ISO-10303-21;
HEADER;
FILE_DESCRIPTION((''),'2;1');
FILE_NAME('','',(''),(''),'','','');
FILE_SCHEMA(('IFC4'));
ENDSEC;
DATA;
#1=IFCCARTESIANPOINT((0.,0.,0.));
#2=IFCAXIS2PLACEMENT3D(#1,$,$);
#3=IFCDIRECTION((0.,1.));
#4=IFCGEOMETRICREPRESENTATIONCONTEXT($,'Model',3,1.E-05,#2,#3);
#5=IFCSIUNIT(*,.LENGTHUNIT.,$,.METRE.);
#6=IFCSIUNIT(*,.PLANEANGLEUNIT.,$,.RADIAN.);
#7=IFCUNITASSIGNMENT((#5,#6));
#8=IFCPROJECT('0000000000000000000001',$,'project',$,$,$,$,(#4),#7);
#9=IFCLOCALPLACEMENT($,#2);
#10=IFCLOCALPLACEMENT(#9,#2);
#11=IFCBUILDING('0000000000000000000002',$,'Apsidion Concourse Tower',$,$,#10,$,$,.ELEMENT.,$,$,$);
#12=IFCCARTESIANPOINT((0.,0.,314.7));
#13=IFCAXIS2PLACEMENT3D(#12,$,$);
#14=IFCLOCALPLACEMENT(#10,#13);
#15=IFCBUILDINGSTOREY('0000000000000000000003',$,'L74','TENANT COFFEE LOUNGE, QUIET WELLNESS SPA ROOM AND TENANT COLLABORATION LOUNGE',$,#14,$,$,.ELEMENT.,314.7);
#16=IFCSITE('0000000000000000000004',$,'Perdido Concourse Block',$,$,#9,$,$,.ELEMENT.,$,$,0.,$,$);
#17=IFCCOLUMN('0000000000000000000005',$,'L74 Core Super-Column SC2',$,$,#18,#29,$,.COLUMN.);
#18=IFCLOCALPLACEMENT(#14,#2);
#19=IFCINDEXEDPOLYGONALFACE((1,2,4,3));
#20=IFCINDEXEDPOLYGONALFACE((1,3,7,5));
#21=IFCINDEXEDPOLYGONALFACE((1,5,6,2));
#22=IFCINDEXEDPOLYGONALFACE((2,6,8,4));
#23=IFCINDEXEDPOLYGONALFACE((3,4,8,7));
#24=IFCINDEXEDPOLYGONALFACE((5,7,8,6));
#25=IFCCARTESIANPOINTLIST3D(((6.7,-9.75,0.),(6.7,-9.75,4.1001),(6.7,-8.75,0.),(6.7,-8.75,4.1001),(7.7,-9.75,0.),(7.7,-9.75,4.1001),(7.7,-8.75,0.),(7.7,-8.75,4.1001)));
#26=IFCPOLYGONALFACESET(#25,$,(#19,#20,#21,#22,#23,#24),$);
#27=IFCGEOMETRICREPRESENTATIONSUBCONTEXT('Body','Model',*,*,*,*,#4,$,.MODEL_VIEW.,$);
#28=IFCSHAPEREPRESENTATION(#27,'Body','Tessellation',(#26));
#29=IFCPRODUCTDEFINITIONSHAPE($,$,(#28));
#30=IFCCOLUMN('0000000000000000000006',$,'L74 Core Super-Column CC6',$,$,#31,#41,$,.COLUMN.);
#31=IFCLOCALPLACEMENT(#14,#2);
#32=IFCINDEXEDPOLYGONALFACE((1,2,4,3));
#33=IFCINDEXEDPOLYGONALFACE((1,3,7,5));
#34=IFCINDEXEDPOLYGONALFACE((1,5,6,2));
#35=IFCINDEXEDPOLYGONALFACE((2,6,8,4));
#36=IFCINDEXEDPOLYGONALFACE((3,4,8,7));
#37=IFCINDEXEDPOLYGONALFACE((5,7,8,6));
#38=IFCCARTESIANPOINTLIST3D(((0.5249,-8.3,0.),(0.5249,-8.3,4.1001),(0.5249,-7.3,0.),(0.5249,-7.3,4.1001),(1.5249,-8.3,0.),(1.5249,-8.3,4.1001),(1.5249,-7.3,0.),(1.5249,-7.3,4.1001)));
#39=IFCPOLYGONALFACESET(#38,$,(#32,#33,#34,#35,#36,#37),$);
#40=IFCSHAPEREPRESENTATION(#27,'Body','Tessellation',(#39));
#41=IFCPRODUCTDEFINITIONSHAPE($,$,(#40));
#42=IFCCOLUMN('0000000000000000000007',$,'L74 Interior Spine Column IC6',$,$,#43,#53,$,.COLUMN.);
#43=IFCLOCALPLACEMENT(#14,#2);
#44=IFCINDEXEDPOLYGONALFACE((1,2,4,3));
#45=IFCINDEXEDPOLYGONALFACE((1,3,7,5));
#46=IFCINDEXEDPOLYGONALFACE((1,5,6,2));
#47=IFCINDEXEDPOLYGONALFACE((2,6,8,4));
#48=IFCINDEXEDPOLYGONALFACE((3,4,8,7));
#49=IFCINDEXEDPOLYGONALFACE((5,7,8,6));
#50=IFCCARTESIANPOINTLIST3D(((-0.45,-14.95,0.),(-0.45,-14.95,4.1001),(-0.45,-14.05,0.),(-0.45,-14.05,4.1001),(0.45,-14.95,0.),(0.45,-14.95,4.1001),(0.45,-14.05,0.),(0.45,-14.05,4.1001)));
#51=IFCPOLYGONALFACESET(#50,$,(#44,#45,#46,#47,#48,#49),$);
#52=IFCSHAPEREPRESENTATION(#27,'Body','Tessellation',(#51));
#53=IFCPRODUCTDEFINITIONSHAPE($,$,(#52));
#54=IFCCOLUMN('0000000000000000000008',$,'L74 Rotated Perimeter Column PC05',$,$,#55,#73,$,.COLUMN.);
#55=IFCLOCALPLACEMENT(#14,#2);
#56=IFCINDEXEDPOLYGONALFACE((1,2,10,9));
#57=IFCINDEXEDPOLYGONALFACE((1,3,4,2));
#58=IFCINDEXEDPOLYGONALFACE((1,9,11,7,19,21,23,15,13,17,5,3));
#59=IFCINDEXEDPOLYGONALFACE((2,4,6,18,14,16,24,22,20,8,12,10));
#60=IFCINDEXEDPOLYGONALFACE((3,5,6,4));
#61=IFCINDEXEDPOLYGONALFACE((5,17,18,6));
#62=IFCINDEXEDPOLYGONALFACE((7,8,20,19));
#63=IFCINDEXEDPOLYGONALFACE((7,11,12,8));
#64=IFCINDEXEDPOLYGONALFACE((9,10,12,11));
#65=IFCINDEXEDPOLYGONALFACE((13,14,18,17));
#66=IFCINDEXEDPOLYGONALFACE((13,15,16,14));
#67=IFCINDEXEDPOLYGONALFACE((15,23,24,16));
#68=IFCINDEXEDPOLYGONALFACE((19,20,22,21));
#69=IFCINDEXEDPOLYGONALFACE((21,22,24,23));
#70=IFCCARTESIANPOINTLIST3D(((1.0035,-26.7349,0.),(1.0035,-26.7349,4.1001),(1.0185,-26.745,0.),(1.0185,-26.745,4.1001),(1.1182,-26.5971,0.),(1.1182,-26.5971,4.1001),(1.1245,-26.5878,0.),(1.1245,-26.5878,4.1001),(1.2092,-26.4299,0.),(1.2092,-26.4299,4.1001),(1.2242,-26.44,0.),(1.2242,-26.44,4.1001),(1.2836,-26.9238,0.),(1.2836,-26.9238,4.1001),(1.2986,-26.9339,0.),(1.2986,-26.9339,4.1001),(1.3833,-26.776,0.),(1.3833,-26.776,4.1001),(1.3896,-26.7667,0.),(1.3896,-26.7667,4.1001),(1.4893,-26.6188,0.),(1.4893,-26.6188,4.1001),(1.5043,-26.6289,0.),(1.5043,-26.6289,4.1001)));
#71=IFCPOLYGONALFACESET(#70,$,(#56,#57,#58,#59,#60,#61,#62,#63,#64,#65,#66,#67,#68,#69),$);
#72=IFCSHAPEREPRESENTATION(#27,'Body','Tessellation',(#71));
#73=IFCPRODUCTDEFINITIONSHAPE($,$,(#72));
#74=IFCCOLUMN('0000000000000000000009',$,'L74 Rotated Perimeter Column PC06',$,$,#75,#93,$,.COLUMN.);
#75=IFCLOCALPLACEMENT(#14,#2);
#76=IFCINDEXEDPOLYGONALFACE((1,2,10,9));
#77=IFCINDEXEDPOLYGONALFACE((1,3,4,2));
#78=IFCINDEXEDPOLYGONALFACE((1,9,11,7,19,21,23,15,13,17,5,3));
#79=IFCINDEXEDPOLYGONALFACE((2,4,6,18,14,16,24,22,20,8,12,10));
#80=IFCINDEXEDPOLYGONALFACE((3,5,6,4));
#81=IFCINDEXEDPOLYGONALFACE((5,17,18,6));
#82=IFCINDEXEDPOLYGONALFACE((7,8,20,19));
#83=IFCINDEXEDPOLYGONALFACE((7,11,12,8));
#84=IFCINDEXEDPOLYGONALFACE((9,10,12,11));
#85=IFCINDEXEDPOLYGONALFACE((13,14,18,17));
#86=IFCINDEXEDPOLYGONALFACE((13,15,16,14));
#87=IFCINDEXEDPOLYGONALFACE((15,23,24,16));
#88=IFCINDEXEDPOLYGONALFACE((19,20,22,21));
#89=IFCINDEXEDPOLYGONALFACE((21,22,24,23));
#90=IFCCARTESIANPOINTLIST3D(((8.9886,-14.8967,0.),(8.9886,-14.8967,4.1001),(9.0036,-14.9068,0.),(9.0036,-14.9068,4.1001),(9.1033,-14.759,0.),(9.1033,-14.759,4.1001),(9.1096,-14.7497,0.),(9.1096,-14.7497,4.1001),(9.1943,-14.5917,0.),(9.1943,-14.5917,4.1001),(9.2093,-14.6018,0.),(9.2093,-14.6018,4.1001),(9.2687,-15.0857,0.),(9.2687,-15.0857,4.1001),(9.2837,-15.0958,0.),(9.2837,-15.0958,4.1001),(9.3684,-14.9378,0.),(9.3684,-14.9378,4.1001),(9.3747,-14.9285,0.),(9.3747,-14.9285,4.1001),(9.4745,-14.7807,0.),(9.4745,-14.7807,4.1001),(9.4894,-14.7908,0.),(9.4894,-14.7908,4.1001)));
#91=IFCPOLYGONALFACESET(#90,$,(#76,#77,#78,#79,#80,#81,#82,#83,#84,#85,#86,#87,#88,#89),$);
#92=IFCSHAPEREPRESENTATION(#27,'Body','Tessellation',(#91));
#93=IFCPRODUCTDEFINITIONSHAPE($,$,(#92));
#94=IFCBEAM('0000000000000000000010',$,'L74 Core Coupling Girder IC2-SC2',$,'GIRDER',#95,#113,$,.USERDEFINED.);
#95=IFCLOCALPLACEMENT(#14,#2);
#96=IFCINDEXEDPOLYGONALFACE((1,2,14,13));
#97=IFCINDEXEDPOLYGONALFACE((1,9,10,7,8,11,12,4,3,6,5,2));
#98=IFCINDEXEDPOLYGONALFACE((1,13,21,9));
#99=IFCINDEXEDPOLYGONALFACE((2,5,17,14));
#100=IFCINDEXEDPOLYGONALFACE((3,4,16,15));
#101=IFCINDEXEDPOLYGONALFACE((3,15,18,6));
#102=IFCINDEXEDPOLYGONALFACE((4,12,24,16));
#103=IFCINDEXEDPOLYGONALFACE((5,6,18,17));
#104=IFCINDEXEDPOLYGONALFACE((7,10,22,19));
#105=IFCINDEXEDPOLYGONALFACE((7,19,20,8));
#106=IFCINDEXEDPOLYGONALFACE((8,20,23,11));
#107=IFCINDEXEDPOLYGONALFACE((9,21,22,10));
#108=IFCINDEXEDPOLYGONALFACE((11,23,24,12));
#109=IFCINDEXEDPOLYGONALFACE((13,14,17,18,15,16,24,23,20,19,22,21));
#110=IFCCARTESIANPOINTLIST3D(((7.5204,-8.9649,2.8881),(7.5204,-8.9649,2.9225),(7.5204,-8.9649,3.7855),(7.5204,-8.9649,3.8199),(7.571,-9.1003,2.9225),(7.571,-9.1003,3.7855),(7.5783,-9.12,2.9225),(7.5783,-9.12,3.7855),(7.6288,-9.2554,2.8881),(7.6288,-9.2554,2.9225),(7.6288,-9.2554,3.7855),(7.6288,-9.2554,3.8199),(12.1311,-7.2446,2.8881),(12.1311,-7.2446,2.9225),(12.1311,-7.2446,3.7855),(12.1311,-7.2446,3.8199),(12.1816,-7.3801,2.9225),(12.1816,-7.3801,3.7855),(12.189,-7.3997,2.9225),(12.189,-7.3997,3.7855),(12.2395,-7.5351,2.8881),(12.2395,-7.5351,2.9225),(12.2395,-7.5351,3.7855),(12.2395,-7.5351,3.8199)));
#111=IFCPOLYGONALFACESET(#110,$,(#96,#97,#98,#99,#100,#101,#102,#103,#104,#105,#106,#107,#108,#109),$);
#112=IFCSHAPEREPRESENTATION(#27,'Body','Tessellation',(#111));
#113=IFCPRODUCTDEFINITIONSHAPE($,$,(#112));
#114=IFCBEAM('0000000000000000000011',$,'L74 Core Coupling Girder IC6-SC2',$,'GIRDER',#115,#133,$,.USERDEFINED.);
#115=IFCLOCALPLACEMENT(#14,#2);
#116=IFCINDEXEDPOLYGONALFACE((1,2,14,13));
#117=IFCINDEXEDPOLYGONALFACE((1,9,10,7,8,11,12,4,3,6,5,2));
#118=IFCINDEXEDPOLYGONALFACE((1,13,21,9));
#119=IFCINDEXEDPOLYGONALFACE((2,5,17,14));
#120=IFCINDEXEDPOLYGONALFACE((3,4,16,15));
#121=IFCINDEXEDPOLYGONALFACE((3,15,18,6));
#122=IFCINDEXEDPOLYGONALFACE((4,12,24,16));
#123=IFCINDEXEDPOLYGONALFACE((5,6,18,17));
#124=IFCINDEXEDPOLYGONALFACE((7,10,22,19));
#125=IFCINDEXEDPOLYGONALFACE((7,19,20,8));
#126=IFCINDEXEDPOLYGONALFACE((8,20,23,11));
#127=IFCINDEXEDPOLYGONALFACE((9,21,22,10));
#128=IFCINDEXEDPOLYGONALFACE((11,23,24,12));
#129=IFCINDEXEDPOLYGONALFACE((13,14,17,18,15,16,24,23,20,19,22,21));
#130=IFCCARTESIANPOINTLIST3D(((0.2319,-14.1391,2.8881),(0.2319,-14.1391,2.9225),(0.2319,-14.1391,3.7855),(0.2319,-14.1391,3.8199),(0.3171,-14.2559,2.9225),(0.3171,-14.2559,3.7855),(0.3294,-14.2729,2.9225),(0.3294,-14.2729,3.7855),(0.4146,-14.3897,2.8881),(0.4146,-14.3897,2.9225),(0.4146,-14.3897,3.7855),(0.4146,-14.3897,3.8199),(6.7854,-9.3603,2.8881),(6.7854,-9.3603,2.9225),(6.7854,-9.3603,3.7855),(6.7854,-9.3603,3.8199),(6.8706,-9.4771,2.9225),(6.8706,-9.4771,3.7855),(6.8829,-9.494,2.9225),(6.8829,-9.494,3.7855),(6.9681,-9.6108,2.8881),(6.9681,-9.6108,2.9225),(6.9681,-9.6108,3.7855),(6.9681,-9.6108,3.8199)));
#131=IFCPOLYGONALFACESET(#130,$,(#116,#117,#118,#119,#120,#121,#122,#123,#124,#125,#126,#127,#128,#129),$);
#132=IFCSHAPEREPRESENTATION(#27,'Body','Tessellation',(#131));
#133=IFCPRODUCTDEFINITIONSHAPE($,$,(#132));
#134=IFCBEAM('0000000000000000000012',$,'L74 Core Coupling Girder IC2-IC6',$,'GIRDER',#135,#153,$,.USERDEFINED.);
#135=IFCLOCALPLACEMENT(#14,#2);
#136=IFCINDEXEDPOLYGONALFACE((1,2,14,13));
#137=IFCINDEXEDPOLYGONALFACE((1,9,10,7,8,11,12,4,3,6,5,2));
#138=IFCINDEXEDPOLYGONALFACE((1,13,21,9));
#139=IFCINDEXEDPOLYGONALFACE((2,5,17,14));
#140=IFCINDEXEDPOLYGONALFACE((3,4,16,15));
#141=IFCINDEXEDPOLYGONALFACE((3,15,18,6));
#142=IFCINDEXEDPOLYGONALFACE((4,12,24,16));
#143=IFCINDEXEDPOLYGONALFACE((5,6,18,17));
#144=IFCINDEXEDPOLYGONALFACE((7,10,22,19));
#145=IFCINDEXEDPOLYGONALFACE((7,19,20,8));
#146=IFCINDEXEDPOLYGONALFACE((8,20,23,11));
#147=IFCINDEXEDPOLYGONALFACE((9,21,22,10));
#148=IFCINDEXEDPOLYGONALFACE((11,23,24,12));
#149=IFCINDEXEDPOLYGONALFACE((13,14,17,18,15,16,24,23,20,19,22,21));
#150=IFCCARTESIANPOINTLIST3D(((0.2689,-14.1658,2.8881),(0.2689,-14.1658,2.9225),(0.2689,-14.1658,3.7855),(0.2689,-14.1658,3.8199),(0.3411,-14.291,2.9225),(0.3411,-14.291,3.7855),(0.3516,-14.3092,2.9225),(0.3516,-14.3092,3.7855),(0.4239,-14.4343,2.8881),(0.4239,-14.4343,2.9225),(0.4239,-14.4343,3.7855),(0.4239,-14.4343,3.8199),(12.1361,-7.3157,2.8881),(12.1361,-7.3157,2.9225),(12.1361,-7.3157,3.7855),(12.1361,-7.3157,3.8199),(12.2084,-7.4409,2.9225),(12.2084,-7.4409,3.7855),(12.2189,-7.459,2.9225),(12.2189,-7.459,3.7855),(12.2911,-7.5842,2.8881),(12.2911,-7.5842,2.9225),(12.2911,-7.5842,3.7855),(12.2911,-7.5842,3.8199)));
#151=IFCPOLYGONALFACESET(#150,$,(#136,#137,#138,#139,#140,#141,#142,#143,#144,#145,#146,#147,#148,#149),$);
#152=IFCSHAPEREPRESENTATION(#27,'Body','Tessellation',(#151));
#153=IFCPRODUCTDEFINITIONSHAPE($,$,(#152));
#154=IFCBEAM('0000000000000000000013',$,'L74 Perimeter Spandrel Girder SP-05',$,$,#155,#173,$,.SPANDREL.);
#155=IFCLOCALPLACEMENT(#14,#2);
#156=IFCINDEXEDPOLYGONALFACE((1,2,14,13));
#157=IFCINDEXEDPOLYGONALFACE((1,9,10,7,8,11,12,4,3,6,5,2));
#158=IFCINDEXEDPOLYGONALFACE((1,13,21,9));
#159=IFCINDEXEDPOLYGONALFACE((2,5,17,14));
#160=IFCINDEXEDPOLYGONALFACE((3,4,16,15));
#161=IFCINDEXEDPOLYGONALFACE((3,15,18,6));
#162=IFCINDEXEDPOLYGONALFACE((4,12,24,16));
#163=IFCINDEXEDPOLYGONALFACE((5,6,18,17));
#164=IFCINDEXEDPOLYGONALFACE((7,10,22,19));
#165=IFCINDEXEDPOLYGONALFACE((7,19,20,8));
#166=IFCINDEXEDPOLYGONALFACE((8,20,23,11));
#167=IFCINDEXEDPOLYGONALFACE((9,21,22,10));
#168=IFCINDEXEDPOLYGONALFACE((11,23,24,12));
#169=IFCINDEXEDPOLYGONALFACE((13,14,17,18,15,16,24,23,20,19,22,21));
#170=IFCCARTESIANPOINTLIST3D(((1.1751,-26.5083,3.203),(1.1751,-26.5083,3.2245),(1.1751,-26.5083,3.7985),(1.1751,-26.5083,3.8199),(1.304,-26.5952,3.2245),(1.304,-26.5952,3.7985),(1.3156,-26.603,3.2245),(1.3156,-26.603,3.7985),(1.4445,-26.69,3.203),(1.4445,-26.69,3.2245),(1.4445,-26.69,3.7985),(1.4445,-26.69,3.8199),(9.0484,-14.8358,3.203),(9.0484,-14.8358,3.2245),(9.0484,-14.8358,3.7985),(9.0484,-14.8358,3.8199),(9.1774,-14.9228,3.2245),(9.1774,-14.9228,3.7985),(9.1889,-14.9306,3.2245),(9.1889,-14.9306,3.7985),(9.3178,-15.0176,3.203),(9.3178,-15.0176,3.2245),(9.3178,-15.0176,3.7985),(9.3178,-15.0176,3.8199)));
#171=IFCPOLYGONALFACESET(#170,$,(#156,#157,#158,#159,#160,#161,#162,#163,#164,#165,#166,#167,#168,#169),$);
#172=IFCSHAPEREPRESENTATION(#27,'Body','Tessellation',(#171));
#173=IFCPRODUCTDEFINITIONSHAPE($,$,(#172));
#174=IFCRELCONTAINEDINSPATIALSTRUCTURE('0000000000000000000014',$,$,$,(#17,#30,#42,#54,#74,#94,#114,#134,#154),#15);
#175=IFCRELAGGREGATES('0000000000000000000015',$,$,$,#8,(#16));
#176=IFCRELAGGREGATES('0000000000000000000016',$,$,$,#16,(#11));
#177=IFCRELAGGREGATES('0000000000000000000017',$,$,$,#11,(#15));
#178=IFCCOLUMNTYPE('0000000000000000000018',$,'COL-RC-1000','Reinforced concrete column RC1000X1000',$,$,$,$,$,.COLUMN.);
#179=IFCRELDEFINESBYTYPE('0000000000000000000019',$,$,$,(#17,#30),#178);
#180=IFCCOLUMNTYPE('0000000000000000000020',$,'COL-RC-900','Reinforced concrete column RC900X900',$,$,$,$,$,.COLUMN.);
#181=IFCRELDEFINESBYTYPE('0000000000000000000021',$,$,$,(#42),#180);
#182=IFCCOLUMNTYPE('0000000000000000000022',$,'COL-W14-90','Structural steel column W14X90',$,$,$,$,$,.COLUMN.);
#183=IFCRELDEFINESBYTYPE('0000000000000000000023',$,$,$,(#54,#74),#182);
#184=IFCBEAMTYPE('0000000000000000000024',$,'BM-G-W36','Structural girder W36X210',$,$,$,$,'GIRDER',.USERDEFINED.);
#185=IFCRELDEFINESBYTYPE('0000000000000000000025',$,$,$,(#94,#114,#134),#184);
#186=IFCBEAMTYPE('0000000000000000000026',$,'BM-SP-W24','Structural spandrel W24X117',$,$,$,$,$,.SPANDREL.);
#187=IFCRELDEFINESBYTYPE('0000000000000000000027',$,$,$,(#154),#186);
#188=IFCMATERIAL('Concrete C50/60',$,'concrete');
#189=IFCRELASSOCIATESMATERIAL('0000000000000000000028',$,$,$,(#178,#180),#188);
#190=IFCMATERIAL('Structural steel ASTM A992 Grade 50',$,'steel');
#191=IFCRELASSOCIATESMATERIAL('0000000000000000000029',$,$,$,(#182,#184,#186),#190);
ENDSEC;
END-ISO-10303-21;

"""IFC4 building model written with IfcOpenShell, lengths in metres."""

from ifc_helpers import new_model, si_unit, direction, frame, origin, origin_2d, place, context, subcontext, project, spatial, rectangle, i_section, extrude, material, material_profile, profile_set, type_object, element, save


model = new_model("IFC4")

# Units and contexts
model_context = context("Model", 3, precision=1e-05, world=origin(), true_north=direction((0.0, 1.0)))
body_context = subcontext(model_context, "Body", "Model", "MODEL_VIEW")
ifc_project = project(units=[si_unit("LENGTHUNIT", "METRE"), si_unit("PLANEANGLEUNIT", "RADIAN")], contexts=[model_context])

# Site, building, storey
site_placement = place(None, origin())
site = spatial("IfcSite", under=ifc_project, at=site_placement, Name="Perdido Concourse Block", CompositionType="ELEMENT", RefElevation=0.0)
building_placement = place(site_placement, origin())
building = spatial("IfcBuilding", under=site, at=building_placement, Name="Apsidion Concourse Tower", CompositionType="ELEMENT")
storey_placement = place(building_placement, frame((0.0, 0.0, 314.7)))
storey = spatial("IfcBuildingStorey", under=building, at=storey_placement, Name="L74", Description="TENANT COFFEE LOUNGE, QUIET WELLNESS SPA ROOM AND TENANT COLLABORATION LOUNGE", CompositionType="ELEMENT", Elevation=314.7)

# Columns
ifc_material_1 = material(Name="Concrete C50/60", Category="concrete")
ifc_material_profile_1 = material_profile(ifc_material_1, rectangle(XDim=1.0, YDim=1.0, at=origin_2d()), Name="RC 1000x1000")
ifc_profile_set_1 = profile_set([ifc_material_profile_1], Name="Concrete C50/60")
column_type_1 = type_object("IfcColumnType", Name="COL-RC-1000", Description="Reinforced concrete column RC1000X1000", PredefinedType="COLUMN", material=ifc_profile_set_1)
for number, where, z_axis, x_axis, name in (
    (1, (7.2, -9.25, 0.0), (0.0, 0.0, 1.0), (1.0, 0.0, 0.0), "L74 Core Super-Column SC2"),
    (2, (1.0249, -7.8, 0.0), (0.0, 0.0, 1.0), (1.0, 0.0, 0.0), "L74 Core Super-Column CC6"),
):
    element("IfcColumn", number, at=place(storey_placement, frame(where, z_axis=z_axis, x_axis=x_axis)), inside=storey, type_object=column_type_1, Name=name, PredefinedType="COLUMN", context=body_context, shape_type="SweptSolid", body=[
        extrude(rectangle(XDim=1.0, YDim=1.0, at=origin_2d()), origin(), (0.0, 0.0, 1.0), 4.1001),
    ])
ifc_material_profile_2 = material_profile(ifc_material_1, rectangle(XDim=0.8999, YDim=0.8999, at=origin_2d()), Name="RC 900x900")
ifc_profile_set_2 = profile_set([ifc_material_profile_2], Name="Concrete C50/60")
column_type_2 = type_object("IfcColumnType", Name="COL-RC-900", Description="Reinforced concrete column RC900X900", PredefinedType="COLUMN", material=ifc_profile_set_2)
column_placement = place(storey_placement, frame((0.0, -14.5, 0.0), z_axis=(0.0, 0.0, 1.0), x_axis=(1.0, 0.0, 0.0)))
element("IfcColumn", 3, at=column_placement, inside=storey, type_object=column_type_2, Name="L74 Interior Spine Column IC6", PredefinedType="COLUMN", context=body_context, shape_type="SweptSolid", body=[
    extrude(rectangle(XDim=0.8999, YDim=0.8999, at=origin_2d()), origin(), (0.0, 0.0, 1.0), 4.1001),
])
ifc_material_2 = material(Name="Structural steel ASTM A992 Grade 50", Category="steel")
ifc_material_profile_3 = material_profile(ifc_material_2, i_section(OverallWidth=0.3679, OverallDepth=0.356, WebThickness=0.0112, FlangeThickness=0.0181, at=origin_2d()), Name="W14X90")
ifc_profile_set_3 = profile_set([ifc_material_profile_3], Name="Structural steel ASTM A992 Grade 50")
column_type_3 = type_object("IfcColumnType", Name="COL-W14-90", Description="Structural steel column W14X90", PredefinedType="COLUMN", material=ifc_profile_set_3)
for number, where, z_axis, x_axis, name in (
    (4, (1.2539, -26.6819, 0.0), (0.0, 0.0, 1.0), (0.559193, 0.829038, 0.0), "L74 Rotated Perimeter Column PC05"),
    (5, (9.239, -14.8438, 0.0), (0.0, 0.0, 1.0), (0.559193, 0.829038, 0.0), "L74 Rotated Perimeter Column PC06"),
):
    element("IfcColumn", number, at=place(storey_placement, frame(where, z_axis=z_axis, x_axis=x_axis)), inside=storey, type_object=column_type_3, Name=name, PredefinedType="COLUMN", context=body_context, shape_type="SweptSolid", body=[
        extrude(i_section(OverallWidth=0.3679, OverallDepth=0.356, WebThickness=0.0112, FlangeThickness=0.0181, at=origin_2d()), origin(), (0.0, 0.0, 1.0), 4.1001),
    ])

# Beams
ifc_material_profile_4 = material_profile(ifc_material_2, i_section(OverallWidth=0.3101, OverallDepth=0.9319, WebThickness=0.021, FlangeThickness=0.0344, at=origin_2d()), Name="W36X210")
ifc_profile_set_4 = profile_set([ifc_material_profile_4], Name="Structural steel ASTM A992 Grade 50")
beam_type_1 = type_object("IfcBeamType", Name="BM-G-W36", Description="Structural girder W36X210", ElementType="GIRDER", PredefinedType="USERDEFINED", material=ifc_profile_set_4)
beam_1_placement = place(storey_placement, frame((12.1853, -7.3899, 3.354), z_axis=(-0.936913, -0.349563, 0.0), x_axis=(0.349563, -0.936913, 0.0)))
element("IfcBeam", 6, at=beam_1_placement, inside=storey, type_object=beam_type_1, Name="L74 Core Coupling Girder IC2-SC2", ObjectType="GIRDER", PredefinedType="USERDEFINED", context=body_context, shape_type="SweptSolid", body=[
    extrude(i_section(OverallWidth=0.3101, OverallDepth=0.9319, WebThickness=0.021, FlangeThickness=0.0344, at=origin_2d()), origin(), (0.0, 0.0, 1.0), 4.9211),
])
beam_2_placement = place(storey_placement, frame((0.3232, -14.2644, 3.354), z_axis=(0.807993, 0.589191, 0.0), x_axis=(-0.589191, 0.807993, 0.0)))
element("IfcBeam", 7, at=beam_2_placement, inside=storey, type_object=beam_type_1, Name="L74 Core Coupling Girder IC6-SC2", ObjectType="GIRDER", PredefinedType="USERDEFINED", context=body_context, shape_type="SweptSolid", body=[
    extrude(i_section(OverallWidth=0.3101, OverallDepth=0.9319, WebThickness=0.021, FlangeThickness=0.0344, at=origin_2d()), origin(), (0.0, 0.0, 1.0), 8.1108),
])
beam_3_placement = place(storey_placement, frame((12.2136, -7.45, 3.354), z_axis=(-0.86607, -0.499922, 0.0), x_axis=(0.499922, -0.86607, 0.0)))
element("IfcBeam", 8, at=beam_3_placement, inside=storey, type_object=beam_type_1, Name="L74 Core Coupling Girder IC2-IC6", ObjectType="GIRDER", PredefinedType="USERDEFINED", context=body_context, shape_type="SweptSolid", body=[
    extrude(i_section(OverallWidth=0.3101, OverallDepth=0.9319, WebThickness=0.021, FlangeThickness=0.0344, at=origin_2d()), origin(), (0.0, 0.0, 1.0), 13.7024),
])
ifc_material_profile_5 = material_profile(ifc_material_2, i_section(OverallWidth=0.325, OverallDepth=0.6169, WebThickness=0.0139, FlangeThickness=0.0215, at=origin_2d()), Name="W24X117")
ifc_profile_set_5 = profile_set([ifc_material_profile_5], Name="Structural steel ASTM A992 Grade 50")
beam_type_2 = type_object("IfcBeamType", Name="BM-SP-W24", Description="Structural spandrel W24X117", PredefinedType="SPANDREL", material=ifc_profile_set_5)
beam_4_placement = place(storey_placement, frame((1.3098, -26.5991, 3.5115), z_axis=(0.559202, 0.829032, 0.0), x_axis=(-0.829032, 0.559202, 0.0)))
element("IfcBeam", 9, at=beam_4_placement, inside=storey, type_object=beam_type_2, Name="L74 Perimeter Spandrel Girder SP-05", PredefinedType="SPANDREL", context=body_context, shape_type="SweptSolid", body=[
    extrude(i_section(OverallWidth=0.325, OverallDepth=0.6169, WebThickness=0.0139, FlangeThickness=0.0215, at=origin_2d()), origin(), (0.0, 0.0, 1.0), 14.0796),
])

save(model, "model.ifc")
